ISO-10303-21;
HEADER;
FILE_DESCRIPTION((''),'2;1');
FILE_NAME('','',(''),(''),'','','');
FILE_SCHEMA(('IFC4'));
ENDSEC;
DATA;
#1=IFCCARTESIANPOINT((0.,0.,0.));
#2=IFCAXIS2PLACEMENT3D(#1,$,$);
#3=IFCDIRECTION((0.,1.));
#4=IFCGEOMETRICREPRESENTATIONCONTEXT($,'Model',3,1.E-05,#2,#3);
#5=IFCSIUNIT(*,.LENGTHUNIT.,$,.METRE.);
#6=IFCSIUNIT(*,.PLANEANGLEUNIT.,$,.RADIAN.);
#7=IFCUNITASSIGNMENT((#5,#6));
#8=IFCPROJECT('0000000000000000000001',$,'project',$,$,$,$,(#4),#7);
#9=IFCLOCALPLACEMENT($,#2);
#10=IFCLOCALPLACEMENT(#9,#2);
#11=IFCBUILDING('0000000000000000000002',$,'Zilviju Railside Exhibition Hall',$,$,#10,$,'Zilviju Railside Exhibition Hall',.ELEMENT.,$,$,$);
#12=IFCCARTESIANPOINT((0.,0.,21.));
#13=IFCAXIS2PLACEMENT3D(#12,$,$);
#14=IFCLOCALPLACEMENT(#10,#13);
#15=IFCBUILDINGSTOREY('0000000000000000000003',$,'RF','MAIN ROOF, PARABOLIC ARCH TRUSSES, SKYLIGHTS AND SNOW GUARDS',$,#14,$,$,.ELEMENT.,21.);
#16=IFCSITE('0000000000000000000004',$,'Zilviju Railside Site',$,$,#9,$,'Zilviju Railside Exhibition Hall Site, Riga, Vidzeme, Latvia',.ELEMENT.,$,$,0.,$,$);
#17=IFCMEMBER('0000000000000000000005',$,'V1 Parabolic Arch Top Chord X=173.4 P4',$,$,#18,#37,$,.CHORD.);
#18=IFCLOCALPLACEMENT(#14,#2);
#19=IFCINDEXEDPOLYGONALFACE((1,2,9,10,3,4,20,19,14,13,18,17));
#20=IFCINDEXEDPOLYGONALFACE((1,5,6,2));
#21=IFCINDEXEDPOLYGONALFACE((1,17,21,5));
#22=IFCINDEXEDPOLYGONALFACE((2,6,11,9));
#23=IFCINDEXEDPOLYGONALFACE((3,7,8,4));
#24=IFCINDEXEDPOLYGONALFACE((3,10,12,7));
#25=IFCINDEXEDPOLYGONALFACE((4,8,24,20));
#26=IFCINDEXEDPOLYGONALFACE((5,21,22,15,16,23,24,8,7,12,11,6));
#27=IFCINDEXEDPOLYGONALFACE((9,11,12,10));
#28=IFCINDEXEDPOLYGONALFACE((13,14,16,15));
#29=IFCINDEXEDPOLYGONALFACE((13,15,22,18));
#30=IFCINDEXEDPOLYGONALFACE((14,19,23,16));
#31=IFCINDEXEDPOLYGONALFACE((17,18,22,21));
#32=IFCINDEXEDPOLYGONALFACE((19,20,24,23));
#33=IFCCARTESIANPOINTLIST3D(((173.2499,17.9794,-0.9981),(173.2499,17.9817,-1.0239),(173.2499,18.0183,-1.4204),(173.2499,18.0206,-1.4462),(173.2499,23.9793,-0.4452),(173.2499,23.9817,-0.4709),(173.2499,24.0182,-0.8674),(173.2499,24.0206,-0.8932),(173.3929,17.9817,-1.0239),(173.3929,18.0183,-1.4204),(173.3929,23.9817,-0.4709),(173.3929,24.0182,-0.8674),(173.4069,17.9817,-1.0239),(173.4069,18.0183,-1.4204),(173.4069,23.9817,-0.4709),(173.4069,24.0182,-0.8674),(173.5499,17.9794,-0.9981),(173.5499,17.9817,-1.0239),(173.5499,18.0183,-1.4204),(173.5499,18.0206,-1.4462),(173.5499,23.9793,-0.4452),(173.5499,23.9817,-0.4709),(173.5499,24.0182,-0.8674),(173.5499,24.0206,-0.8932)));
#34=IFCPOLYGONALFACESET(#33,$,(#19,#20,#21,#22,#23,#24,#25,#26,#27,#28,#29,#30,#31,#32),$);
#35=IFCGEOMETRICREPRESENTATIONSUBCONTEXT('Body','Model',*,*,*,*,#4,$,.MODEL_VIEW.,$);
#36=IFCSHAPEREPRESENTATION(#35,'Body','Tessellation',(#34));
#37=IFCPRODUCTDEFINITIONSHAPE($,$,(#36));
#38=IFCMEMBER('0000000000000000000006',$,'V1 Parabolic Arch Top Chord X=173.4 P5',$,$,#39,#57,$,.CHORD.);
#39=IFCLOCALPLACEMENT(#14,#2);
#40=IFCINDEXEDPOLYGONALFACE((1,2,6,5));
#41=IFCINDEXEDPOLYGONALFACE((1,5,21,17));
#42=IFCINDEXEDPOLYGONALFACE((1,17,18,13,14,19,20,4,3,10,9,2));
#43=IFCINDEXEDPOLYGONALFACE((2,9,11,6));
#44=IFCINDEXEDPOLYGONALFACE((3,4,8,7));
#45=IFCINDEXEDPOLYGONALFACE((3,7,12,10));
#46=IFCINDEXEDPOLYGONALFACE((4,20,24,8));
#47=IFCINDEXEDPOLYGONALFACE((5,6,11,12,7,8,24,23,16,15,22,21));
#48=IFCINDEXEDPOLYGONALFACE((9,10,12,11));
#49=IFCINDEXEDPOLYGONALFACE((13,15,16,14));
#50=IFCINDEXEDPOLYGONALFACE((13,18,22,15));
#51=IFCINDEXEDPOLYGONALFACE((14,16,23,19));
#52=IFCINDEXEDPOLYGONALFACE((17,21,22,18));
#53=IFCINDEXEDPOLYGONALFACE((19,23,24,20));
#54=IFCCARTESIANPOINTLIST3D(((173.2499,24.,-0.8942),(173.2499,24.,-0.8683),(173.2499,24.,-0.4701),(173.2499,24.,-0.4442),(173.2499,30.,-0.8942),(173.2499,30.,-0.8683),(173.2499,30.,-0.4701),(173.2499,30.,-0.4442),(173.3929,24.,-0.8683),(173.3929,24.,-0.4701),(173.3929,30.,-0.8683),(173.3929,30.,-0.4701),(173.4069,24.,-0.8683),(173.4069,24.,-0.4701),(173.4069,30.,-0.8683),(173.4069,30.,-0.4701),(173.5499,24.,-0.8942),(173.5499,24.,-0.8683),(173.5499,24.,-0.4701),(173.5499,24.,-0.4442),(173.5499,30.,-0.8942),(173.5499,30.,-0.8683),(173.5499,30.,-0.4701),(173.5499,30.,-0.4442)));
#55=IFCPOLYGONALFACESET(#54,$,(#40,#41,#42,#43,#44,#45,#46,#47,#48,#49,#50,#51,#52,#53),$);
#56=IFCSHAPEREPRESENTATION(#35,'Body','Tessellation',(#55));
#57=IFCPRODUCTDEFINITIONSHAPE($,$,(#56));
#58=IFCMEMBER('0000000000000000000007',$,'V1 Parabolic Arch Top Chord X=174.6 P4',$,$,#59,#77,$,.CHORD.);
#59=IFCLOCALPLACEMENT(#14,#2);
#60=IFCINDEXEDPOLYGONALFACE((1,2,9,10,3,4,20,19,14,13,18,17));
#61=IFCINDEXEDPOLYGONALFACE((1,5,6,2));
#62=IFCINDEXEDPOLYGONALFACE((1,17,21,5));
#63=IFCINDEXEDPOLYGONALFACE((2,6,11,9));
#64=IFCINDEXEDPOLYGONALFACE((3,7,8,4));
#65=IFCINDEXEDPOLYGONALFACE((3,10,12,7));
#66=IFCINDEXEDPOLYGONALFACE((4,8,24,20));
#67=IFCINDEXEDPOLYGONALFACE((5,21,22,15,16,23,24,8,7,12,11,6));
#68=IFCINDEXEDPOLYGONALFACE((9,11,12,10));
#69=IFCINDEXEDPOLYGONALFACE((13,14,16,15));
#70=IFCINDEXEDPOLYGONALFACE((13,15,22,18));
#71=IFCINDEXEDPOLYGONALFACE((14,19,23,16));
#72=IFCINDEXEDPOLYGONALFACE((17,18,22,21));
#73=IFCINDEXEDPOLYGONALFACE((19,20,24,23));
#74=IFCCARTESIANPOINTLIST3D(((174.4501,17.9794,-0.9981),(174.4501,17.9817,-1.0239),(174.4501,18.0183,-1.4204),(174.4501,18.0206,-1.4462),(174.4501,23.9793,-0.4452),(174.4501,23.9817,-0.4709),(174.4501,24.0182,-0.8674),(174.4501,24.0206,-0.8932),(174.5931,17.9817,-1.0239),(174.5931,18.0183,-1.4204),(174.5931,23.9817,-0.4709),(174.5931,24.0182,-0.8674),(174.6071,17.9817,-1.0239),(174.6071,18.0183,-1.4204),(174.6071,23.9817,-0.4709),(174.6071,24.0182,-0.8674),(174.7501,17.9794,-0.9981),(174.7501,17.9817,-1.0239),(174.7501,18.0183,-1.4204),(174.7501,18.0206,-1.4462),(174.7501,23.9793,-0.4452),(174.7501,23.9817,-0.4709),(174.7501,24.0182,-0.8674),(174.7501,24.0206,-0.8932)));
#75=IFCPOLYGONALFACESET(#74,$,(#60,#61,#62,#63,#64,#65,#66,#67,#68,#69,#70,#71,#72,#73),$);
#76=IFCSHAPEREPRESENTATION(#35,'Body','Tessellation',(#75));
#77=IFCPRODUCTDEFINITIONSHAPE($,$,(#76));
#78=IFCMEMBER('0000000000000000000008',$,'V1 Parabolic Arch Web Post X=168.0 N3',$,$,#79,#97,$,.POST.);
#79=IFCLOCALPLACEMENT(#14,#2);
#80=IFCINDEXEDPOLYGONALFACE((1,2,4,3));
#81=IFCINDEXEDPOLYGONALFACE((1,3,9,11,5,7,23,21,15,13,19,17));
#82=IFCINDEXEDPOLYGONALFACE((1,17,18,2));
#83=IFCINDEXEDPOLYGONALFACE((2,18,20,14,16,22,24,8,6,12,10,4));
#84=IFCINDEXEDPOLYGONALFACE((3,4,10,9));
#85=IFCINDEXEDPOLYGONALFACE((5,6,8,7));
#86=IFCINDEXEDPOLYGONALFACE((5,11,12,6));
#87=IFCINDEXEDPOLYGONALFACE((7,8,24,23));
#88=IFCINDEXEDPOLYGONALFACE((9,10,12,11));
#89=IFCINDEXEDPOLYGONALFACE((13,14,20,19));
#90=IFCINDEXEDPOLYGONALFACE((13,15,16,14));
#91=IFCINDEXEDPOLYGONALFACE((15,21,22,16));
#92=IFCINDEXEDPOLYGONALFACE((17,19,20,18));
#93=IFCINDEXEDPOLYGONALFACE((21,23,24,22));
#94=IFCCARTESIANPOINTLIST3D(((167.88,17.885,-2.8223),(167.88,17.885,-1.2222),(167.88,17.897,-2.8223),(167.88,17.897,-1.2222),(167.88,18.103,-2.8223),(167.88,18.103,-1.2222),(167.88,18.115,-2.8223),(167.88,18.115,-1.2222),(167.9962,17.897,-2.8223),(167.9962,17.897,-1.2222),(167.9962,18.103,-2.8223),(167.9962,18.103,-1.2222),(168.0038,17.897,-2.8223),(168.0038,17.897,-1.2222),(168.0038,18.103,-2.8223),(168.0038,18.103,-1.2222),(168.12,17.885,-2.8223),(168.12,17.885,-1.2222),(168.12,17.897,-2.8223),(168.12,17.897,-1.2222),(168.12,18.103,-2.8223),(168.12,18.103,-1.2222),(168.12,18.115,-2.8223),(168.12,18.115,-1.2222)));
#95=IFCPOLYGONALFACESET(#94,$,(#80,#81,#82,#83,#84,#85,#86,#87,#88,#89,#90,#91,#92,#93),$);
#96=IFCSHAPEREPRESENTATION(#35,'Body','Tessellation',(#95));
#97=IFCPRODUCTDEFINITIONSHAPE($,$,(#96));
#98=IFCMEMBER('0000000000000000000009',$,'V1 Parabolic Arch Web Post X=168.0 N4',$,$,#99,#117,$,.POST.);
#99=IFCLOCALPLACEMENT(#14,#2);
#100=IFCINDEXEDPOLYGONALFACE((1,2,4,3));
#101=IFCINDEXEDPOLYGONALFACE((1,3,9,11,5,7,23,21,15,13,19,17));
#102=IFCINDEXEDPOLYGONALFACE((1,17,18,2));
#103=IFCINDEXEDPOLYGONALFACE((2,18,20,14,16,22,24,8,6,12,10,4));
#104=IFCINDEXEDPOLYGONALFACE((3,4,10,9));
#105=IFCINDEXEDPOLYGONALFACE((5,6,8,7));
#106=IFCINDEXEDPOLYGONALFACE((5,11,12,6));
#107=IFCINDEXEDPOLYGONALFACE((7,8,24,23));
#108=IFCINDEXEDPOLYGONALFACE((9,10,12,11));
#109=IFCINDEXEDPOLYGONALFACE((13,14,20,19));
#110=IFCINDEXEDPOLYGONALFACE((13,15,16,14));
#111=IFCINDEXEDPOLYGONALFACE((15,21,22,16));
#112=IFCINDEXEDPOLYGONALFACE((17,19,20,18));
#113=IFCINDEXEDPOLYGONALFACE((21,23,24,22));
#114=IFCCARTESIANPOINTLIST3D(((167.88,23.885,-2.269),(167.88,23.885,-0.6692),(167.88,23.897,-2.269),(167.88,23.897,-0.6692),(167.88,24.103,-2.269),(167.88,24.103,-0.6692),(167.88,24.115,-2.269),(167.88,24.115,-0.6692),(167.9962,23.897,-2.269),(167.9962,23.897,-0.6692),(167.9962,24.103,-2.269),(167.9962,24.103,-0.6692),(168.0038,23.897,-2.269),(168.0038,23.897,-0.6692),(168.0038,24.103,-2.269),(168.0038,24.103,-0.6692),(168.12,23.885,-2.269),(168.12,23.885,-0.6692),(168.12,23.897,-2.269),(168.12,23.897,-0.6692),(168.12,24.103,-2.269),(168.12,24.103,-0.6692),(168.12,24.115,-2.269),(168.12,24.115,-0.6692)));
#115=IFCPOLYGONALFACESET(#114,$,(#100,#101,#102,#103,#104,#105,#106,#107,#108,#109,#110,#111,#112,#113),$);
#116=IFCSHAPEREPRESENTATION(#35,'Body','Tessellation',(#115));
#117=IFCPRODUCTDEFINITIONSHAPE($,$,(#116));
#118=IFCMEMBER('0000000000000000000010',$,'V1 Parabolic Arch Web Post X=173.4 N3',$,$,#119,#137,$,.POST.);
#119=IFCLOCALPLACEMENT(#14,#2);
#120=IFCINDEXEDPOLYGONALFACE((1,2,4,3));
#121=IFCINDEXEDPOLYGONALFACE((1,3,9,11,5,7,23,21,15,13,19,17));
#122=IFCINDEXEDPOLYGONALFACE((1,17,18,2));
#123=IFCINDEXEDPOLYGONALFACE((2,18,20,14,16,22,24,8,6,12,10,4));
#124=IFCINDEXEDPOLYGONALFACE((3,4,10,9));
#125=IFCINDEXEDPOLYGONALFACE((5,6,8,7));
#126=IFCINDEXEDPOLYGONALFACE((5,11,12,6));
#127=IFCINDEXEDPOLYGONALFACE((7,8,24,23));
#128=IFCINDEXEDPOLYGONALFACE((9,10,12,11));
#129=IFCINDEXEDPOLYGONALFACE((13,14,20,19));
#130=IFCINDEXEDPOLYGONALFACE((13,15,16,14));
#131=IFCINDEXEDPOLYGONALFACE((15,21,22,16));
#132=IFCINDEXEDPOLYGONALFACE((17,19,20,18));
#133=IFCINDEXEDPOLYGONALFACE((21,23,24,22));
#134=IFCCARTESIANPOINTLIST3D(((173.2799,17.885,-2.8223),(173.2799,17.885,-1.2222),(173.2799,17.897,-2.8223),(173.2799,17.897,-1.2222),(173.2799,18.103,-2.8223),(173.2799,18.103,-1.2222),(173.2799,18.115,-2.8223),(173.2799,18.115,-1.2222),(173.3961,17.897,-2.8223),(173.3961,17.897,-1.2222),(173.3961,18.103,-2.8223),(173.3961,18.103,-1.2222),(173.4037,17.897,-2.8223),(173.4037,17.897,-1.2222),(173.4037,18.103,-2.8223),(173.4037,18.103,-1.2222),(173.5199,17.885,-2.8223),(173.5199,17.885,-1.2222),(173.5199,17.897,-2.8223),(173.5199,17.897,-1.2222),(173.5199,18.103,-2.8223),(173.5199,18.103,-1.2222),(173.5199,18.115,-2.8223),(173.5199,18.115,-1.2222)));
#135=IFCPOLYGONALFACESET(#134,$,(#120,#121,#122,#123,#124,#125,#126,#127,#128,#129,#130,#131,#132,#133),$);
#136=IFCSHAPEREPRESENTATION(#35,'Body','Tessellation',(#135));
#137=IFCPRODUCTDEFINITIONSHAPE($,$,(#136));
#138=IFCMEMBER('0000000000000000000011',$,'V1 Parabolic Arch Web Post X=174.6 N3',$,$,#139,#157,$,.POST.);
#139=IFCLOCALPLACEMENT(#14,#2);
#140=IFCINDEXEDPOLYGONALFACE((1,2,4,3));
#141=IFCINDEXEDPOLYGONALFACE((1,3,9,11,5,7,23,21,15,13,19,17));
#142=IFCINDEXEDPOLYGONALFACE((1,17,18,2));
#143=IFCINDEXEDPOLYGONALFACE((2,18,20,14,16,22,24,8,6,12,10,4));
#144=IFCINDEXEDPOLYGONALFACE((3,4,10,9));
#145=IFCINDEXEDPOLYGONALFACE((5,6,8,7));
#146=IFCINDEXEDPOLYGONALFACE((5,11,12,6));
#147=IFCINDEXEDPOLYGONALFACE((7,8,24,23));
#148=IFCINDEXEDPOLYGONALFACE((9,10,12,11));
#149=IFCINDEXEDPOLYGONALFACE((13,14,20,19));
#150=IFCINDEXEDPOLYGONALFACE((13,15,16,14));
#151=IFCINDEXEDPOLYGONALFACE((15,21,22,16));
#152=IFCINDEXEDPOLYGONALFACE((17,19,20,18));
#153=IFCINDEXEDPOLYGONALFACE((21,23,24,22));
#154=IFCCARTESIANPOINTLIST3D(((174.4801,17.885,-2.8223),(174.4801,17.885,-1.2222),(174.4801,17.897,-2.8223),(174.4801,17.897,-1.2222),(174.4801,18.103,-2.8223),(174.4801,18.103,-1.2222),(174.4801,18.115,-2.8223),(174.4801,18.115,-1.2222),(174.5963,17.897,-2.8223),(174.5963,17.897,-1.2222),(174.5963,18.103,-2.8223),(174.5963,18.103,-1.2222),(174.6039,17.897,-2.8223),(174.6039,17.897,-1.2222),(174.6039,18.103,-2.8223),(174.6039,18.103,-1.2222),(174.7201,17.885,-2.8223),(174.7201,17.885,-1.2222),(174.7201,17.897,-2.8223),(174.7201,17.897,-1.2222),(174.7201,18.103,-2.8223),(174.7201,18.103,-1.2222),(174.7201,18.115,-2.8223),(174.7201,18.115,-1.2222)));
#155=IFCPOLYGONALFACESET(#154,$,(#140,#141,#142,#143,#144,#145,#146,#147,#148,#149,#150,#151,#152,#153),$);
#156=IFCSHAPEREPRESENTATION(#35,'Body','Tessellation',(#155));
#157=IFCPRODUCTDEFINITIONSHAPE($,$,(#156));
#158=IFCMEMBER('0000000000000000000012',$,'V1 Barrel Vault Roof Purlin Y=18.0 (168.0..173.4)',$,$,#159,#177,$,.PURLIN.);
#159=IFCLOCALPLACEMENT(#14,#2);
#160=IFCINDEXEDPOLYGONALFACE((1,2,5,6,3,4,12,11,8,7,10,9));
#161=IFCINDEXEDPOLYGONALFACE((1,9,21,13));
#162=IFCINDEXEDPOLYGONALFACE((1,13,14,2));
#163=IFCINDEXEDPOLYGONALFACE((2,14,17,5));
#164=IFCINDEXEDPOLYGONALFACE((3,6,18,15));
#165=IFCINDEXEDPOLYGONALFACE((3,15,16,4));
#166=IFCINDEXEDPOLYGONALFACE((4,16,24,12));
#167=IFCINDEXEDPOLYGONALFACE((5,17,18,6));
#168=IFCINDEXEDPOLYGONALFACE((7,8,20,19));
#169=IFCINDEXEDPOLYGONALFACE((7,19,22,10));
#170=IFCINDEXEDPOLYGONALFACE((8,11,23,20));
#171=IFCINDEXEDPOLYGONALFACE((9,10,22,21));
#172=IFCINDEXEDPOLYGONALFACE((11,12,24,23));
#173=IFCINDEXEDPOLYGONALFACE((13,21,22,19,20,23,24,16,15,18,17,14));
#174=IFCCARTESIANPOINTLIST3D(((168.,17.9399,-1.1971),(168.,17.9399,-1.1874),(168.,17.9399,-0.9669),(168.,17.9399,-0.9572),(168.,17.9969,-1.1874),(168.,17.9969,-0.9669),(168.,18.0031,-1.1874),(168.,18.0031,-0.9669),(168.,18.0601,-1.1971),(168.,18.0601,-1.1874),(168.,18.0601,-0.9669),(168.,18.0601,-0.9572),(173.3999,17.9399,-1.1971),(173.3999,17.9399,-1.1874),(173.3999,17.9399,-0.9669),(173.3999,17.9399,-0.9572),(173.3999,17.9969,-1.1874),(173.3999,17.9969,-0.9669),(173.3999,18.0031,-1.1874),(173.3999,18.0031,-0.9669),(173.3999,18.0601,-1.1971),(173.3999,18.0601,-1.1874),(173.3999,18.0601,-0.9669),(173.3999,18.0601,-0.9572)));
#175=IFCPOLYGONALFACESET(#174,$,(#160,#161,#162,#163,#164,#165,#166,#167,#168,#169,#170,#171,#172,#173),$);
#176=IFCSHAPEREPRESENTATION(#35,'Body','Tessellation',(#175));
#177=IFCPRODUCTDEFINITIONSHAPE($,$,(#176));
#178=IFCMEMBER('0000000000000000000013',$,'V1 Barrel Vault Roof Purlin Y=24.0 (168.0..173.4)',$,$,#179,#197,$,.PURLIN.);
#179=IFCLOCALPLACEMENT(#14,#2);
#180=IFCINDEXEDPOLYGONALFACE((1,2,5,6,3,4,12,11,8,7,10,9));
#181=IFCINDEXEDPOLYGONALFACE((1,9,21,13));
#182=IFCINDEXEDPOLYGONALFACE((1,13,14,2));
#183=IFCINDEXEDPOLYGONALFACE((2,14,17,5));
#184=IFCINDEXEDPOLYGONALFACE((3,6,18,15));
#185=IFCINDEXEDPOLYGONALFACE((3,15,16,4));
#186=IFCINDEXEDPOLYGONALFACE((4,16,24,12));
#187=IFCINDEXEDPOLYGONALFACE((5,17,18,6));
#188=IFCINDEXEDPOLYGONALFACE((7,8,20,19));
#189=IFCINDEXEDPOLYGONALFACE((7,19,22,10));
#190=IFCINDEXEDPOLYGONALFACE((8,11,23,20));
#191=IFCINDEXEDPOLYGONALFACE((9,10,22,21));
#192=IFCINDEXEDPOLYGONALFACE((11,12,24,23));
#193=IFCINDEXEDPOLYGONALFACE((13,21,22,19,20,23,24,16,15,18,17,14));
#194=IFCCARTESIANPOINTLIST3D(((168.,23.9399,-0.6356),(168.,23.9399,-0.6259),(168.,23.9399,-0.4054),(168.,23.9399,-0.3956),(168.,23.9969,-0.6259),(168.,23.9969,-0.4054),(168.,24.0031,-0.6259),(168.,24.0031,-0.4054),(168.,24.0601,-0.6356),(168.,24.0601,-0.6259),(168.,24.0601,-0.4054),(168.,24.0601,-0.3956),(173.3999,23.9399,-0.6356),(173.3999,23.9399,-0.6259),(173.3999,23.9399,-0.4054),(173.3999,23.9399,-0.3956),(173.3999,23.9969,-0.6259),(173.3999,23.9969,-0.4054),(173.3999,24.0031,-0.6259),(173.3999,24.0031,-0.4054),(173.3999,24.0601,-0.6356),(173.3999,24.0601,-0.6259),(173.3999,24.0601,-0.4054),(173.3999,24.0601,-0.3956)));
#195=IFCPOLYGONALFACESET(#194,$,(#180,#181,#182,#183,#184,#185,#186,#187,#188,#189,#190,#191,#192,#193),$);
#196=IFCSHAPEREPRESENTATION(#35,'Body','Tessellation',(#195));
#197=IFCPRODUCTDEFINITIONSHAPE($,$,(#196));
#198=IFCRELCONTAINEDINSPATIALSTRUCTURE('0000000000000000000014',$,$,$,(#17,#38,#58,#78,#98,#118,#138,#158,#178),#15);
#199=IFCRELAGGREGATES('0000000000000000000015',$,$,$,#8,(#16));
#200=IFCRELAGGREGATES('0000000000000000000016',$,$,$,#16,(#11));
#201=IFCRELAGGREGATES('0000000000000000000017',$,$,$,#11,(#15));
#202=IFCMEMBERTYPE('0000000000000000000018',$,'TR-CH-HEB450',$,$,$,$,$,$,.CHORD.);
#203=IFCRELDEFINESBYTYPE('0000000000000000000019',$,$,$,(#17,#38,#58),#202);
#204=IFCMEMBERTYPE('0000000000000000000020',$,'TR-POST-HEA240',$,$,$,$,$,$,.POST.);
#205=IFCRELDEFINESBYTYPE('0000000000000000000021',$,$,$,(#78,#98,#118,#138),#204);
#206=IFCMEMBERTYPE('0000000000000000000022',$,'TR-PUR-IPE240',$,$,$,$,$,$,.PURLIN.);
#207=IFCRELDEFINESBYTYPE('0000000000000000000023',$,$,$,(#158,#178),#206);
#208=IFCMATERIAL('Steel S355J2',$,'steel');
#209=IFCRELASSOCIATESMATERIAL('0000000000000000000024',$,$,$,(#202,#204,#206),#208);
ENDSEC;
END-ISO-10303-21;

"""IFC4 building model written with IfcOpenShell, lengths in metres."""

from ifc_helpers import new_model, si_unit, direction, frame, origin, origin_2d, place, context, subcontext, project, spatial, i_section, extrude, material, material_profile, profile_set, type_object, element, save


model = new_model("IFC4")

# Units and contexts
model_context = context("Model", 3, precision=1e-05, world=origin(), true_north=direction((0.0, 1.0)))
body_context = subcontext(model_context, "Body", "Model", "MODEL_VIEW")
ifc_project = project(units=[si_unit("LENGTHUNIT", "METRE"), si_unit("PLANEANGLEUNIT", "RADIAN")], contexts=[model_context])

# Site, building, storey
site_placement = place(None, origin())
site = spatial("IfcSite", under=ifc_project, at=site_placement, Name="Zilviju Railside Site", LongName="Zilviju Railside Exhibition Hall Site, Riga, Vidzeme, Latvia", CompositionType="ELEMENT", RefElevation=0.0)
building_placement = place(site_placement, origin())
building = spatial("IfcBuilding", under=site, at=building_placement, Name="Zilviju Railside Exhibition Hall", LongName="Zilviju Railside Exhibition Hall", CompositionType="ELEMENT")
storey_placement = place(building_placement, frame((0.0, 0.0, 21.0)))
storey = spatial("IfcBuildingStorey", under=building, at=storey_placement, Name="RF", Description="MAIN ROOF, PARABOLIC ARCH TRUSSES, SKYLIGHTS AND SNOW GUARDS", CompositionType="ELEMENT", Elevation=21.0)

# Members
ifc_material_1 = material(Name="Steel S355J2", Category="steel")
ifc_material_profile_1 = material_profile(ifc_material_1, i_section(OverallWidth=0.3, OverallDepth=0.45, WebThickness=0.0139, FlangeThickness=0.0259, at=origin_2d()), Name="HEB 450")
ifc_profile_set_1 = profile_set([ifc_material_profile_1], Name="Steel S355J2")
member_type_1 = type_object("IfcMemberType", Name="TR-CH-HEB450", PredefinedType="CHORD", material=ifc_profile_set_1)
member_1_placement = place(storey_placement, frame((173.3999, 18.0, -1.2222), z_axis=(0.0, 0.99578, 0.091774), x_axis=(-1.0, 0.0, 0.0)))
element("IfcMember", 1, at=member_1_placement, inside=storey, type_object=member_type_1, Name="V1 Parabolic Arch Top Chord X=173.4 P4", PredefinedType="CHORD", context=body_context, shape_type="SweptSolid", body=[
    extrude(i_section(OverallWidth=0.3, OverallDepth=0.45, WebThickness=0.0139, FlangeThickness=0.0259, at=origin_2d()), origin(), (0.0, 0.0, 1.0), 6.0254),
])
member_2_placement = place(storey_placement, frame((173.3999, 24.0, -0.6692), z_axis=(0.0, 1.0, 0.0), x_axis=(-1.0, 0.0, 0.0)))
element("IfcMember", 2, at=member_2_placement, inside=storey, type_object=member_type_1, Name="V1 Parabolic Arch Top Chord X=173.4 P5", PredefinedType="CHORD", context=body_context, shape_type="SweptSolid", body=[
    extrude(i_section(OverallWidth=0.3, OverallDepth=0.45, WebThickness=0.0139, FlangeThickness=0.0259, at=origin_2d()), origin(), (0.0, 0.0, 1.0), 6.0),
])
member_3_placement = place(storey_placement, frame((174.6001, 18.0, -1.2222), z_axis=(0.0, 0.99578, 0.091774), x_axis=(-1.0, 0.0, 0.0)))
element("IfcMember", 3, at=member_3_placement, inside=storey, type_object=member_type_1, Name="V1 Parabolic Arch Top Chord X=174.6 P4", PredefinedType="CHORD", context=body_context, shape_type="SweptSolid", body=[
    extrude(i_section(OverallWidth=0.3, OverallDepth=0.45, WebThickness=0.0139, FlangeThickness=0.0259, at=origin_2d()), origin(), (0.0, 0.0, 1.0), 6.0254),
])
ifc_material_profile_2 = material_profile(ifc_material_1, i_section(OverallWidth=0.24, OverallDepth=0.23, WebThickness=0.0076, FlangeThickness=0.012, at=origin_2d()), Name="HEA 240")
ifc_profile_set_2 = profile_set([ifc_material_profile_2], Name="Steel S355J2")
member_type_2 = type_object("IfcMemberType", Name="TR-POST-HEA240", PredefinedType="POST", material=ifc_profile_set_2)
member_4_placement = place(storey_placement, frame((168.0, 18.0, -2.8223), z_axis=(0.0, 0.0, 1.0), x_axis=(1.0, 0.0, 0.0)))
element("IfcMember", 4, at=member_4_placement, inside=storey, type_object=member_type_2, Name="V1 Parabolic Arch Web Post X=168.0 N3", PredefinedType="POST", context=body_context, shape_type="SweptSolid", body=[
    extrude(i_section(OverallWidth=0.24, OverallDepth=0.23, WebThickness=0.0076, FlangeThickness=0.012, at=origin_2d()), origin(), (0.0, 0.0, 1.0), 1.6001),
])
member_5_placement = place(storey_placement, frame((168.0, 24.0, -2.269), z_axis=(0.0, 0.0, 1.0), x_axis=(1.0, 0.0, 0.0)))
element("IfcMember", 5, at=member_5_placement, inside=storey, type_object=member_type_2, Name="V1 Parabolic Arch Web Post X=168.0 N4", PredefinedType="POST", context=body_context, shape_type="SweptSolid", body=[
    extrude(i_section(OverallWidth=0.24, OverallDepth=0.23, WebThickness=0.0076, FlangeThickness=0.012, at=origin_2d()), origin(), (0.0, 0.0, 1.0), 1.5999),
])
for number, where, z_axis, x_axis, name in (
    (6, (173.3999, 18.0, -2.8223), (0.0, 0.0, 1.0), (1.0, 0.0, 0.0), "V1 Parabolic Arch Web Post X=173.4 N3"),
    (7, (174.6001, 18.0, -2.8223), (0.0, 0.0, 1.0), (1.0, 0.0, 0.0), "V1 Parabolic Arch Web Post X=174.6 N3"),
):
    element("IfcMember", number, at=place(storey_placement, frame(where, z_axis=z_axis, x_axis=x_axis)), inside=storey, type_object=member_type_2, Name=name, PredefinedType="POST", context=body_context, shape_type="SweptSolid", body=[
        extrude(i_section(OverallWidth=0.24, OverallDepth=0.23, WebThickness=0.0076, FlangeThickness=0.012, at=origin_2d()), origin(), (0.0, 0.0, 1.0), 1.6001),
    ])
ifc_material_profile_3 = material_profile(ifc_material_1, i_section(OverallWidth=0.1201, OverallDepth=0.24, WebThickness=0.0061, FlangeThickness=0.0098, at=origin_2d()), Name="IPE 240")
ifc_profile_set_3 = profile_set([ifc_material_profile_3], Name="Steel S355J2")
member_type_3 = type_object("IfcMemberType", Name="TR-PUR-IPE240", PredefinedType="PURLIN", material=ifc_profile_set_3)
for number, where, z_axis, x_axis, name in (
    (8, (168.0, 18.0, -1.0771), (1.0, 0.0, 0.0), (0.0, 1.0, 0.0), "V1 Barrel Vault Roof Purlin Y=18.0 (168.0..173.4)"),
    (9, (168.0, 24.0, -0.5156), (1.0, 0.0, 0.0), (0.0, 1.0, 0.0), "V1 Barrel Vault Roof Purlin Y=24.0 (168.0..173.4)"),
):
    element("IfcMember", number, at=place(storey_placement, frame(where, z_axis=z_axis, x_axis=x_axis)), inside=storey, type_object=member_type_3, Name=name, PredefinedType="PURLIN", context=body_context, shape_type="SweptSolid", body=[
        extrude(i_section(OverallWidth=0.1201, OverallDepth=0.24, WebThickness=0.0061, FlangeThickness=0.0098, at=origin_2d()), origin(), (0.0, 0.0, 1.0), 5.3999),
    ])

save(model, "model.ifc")
